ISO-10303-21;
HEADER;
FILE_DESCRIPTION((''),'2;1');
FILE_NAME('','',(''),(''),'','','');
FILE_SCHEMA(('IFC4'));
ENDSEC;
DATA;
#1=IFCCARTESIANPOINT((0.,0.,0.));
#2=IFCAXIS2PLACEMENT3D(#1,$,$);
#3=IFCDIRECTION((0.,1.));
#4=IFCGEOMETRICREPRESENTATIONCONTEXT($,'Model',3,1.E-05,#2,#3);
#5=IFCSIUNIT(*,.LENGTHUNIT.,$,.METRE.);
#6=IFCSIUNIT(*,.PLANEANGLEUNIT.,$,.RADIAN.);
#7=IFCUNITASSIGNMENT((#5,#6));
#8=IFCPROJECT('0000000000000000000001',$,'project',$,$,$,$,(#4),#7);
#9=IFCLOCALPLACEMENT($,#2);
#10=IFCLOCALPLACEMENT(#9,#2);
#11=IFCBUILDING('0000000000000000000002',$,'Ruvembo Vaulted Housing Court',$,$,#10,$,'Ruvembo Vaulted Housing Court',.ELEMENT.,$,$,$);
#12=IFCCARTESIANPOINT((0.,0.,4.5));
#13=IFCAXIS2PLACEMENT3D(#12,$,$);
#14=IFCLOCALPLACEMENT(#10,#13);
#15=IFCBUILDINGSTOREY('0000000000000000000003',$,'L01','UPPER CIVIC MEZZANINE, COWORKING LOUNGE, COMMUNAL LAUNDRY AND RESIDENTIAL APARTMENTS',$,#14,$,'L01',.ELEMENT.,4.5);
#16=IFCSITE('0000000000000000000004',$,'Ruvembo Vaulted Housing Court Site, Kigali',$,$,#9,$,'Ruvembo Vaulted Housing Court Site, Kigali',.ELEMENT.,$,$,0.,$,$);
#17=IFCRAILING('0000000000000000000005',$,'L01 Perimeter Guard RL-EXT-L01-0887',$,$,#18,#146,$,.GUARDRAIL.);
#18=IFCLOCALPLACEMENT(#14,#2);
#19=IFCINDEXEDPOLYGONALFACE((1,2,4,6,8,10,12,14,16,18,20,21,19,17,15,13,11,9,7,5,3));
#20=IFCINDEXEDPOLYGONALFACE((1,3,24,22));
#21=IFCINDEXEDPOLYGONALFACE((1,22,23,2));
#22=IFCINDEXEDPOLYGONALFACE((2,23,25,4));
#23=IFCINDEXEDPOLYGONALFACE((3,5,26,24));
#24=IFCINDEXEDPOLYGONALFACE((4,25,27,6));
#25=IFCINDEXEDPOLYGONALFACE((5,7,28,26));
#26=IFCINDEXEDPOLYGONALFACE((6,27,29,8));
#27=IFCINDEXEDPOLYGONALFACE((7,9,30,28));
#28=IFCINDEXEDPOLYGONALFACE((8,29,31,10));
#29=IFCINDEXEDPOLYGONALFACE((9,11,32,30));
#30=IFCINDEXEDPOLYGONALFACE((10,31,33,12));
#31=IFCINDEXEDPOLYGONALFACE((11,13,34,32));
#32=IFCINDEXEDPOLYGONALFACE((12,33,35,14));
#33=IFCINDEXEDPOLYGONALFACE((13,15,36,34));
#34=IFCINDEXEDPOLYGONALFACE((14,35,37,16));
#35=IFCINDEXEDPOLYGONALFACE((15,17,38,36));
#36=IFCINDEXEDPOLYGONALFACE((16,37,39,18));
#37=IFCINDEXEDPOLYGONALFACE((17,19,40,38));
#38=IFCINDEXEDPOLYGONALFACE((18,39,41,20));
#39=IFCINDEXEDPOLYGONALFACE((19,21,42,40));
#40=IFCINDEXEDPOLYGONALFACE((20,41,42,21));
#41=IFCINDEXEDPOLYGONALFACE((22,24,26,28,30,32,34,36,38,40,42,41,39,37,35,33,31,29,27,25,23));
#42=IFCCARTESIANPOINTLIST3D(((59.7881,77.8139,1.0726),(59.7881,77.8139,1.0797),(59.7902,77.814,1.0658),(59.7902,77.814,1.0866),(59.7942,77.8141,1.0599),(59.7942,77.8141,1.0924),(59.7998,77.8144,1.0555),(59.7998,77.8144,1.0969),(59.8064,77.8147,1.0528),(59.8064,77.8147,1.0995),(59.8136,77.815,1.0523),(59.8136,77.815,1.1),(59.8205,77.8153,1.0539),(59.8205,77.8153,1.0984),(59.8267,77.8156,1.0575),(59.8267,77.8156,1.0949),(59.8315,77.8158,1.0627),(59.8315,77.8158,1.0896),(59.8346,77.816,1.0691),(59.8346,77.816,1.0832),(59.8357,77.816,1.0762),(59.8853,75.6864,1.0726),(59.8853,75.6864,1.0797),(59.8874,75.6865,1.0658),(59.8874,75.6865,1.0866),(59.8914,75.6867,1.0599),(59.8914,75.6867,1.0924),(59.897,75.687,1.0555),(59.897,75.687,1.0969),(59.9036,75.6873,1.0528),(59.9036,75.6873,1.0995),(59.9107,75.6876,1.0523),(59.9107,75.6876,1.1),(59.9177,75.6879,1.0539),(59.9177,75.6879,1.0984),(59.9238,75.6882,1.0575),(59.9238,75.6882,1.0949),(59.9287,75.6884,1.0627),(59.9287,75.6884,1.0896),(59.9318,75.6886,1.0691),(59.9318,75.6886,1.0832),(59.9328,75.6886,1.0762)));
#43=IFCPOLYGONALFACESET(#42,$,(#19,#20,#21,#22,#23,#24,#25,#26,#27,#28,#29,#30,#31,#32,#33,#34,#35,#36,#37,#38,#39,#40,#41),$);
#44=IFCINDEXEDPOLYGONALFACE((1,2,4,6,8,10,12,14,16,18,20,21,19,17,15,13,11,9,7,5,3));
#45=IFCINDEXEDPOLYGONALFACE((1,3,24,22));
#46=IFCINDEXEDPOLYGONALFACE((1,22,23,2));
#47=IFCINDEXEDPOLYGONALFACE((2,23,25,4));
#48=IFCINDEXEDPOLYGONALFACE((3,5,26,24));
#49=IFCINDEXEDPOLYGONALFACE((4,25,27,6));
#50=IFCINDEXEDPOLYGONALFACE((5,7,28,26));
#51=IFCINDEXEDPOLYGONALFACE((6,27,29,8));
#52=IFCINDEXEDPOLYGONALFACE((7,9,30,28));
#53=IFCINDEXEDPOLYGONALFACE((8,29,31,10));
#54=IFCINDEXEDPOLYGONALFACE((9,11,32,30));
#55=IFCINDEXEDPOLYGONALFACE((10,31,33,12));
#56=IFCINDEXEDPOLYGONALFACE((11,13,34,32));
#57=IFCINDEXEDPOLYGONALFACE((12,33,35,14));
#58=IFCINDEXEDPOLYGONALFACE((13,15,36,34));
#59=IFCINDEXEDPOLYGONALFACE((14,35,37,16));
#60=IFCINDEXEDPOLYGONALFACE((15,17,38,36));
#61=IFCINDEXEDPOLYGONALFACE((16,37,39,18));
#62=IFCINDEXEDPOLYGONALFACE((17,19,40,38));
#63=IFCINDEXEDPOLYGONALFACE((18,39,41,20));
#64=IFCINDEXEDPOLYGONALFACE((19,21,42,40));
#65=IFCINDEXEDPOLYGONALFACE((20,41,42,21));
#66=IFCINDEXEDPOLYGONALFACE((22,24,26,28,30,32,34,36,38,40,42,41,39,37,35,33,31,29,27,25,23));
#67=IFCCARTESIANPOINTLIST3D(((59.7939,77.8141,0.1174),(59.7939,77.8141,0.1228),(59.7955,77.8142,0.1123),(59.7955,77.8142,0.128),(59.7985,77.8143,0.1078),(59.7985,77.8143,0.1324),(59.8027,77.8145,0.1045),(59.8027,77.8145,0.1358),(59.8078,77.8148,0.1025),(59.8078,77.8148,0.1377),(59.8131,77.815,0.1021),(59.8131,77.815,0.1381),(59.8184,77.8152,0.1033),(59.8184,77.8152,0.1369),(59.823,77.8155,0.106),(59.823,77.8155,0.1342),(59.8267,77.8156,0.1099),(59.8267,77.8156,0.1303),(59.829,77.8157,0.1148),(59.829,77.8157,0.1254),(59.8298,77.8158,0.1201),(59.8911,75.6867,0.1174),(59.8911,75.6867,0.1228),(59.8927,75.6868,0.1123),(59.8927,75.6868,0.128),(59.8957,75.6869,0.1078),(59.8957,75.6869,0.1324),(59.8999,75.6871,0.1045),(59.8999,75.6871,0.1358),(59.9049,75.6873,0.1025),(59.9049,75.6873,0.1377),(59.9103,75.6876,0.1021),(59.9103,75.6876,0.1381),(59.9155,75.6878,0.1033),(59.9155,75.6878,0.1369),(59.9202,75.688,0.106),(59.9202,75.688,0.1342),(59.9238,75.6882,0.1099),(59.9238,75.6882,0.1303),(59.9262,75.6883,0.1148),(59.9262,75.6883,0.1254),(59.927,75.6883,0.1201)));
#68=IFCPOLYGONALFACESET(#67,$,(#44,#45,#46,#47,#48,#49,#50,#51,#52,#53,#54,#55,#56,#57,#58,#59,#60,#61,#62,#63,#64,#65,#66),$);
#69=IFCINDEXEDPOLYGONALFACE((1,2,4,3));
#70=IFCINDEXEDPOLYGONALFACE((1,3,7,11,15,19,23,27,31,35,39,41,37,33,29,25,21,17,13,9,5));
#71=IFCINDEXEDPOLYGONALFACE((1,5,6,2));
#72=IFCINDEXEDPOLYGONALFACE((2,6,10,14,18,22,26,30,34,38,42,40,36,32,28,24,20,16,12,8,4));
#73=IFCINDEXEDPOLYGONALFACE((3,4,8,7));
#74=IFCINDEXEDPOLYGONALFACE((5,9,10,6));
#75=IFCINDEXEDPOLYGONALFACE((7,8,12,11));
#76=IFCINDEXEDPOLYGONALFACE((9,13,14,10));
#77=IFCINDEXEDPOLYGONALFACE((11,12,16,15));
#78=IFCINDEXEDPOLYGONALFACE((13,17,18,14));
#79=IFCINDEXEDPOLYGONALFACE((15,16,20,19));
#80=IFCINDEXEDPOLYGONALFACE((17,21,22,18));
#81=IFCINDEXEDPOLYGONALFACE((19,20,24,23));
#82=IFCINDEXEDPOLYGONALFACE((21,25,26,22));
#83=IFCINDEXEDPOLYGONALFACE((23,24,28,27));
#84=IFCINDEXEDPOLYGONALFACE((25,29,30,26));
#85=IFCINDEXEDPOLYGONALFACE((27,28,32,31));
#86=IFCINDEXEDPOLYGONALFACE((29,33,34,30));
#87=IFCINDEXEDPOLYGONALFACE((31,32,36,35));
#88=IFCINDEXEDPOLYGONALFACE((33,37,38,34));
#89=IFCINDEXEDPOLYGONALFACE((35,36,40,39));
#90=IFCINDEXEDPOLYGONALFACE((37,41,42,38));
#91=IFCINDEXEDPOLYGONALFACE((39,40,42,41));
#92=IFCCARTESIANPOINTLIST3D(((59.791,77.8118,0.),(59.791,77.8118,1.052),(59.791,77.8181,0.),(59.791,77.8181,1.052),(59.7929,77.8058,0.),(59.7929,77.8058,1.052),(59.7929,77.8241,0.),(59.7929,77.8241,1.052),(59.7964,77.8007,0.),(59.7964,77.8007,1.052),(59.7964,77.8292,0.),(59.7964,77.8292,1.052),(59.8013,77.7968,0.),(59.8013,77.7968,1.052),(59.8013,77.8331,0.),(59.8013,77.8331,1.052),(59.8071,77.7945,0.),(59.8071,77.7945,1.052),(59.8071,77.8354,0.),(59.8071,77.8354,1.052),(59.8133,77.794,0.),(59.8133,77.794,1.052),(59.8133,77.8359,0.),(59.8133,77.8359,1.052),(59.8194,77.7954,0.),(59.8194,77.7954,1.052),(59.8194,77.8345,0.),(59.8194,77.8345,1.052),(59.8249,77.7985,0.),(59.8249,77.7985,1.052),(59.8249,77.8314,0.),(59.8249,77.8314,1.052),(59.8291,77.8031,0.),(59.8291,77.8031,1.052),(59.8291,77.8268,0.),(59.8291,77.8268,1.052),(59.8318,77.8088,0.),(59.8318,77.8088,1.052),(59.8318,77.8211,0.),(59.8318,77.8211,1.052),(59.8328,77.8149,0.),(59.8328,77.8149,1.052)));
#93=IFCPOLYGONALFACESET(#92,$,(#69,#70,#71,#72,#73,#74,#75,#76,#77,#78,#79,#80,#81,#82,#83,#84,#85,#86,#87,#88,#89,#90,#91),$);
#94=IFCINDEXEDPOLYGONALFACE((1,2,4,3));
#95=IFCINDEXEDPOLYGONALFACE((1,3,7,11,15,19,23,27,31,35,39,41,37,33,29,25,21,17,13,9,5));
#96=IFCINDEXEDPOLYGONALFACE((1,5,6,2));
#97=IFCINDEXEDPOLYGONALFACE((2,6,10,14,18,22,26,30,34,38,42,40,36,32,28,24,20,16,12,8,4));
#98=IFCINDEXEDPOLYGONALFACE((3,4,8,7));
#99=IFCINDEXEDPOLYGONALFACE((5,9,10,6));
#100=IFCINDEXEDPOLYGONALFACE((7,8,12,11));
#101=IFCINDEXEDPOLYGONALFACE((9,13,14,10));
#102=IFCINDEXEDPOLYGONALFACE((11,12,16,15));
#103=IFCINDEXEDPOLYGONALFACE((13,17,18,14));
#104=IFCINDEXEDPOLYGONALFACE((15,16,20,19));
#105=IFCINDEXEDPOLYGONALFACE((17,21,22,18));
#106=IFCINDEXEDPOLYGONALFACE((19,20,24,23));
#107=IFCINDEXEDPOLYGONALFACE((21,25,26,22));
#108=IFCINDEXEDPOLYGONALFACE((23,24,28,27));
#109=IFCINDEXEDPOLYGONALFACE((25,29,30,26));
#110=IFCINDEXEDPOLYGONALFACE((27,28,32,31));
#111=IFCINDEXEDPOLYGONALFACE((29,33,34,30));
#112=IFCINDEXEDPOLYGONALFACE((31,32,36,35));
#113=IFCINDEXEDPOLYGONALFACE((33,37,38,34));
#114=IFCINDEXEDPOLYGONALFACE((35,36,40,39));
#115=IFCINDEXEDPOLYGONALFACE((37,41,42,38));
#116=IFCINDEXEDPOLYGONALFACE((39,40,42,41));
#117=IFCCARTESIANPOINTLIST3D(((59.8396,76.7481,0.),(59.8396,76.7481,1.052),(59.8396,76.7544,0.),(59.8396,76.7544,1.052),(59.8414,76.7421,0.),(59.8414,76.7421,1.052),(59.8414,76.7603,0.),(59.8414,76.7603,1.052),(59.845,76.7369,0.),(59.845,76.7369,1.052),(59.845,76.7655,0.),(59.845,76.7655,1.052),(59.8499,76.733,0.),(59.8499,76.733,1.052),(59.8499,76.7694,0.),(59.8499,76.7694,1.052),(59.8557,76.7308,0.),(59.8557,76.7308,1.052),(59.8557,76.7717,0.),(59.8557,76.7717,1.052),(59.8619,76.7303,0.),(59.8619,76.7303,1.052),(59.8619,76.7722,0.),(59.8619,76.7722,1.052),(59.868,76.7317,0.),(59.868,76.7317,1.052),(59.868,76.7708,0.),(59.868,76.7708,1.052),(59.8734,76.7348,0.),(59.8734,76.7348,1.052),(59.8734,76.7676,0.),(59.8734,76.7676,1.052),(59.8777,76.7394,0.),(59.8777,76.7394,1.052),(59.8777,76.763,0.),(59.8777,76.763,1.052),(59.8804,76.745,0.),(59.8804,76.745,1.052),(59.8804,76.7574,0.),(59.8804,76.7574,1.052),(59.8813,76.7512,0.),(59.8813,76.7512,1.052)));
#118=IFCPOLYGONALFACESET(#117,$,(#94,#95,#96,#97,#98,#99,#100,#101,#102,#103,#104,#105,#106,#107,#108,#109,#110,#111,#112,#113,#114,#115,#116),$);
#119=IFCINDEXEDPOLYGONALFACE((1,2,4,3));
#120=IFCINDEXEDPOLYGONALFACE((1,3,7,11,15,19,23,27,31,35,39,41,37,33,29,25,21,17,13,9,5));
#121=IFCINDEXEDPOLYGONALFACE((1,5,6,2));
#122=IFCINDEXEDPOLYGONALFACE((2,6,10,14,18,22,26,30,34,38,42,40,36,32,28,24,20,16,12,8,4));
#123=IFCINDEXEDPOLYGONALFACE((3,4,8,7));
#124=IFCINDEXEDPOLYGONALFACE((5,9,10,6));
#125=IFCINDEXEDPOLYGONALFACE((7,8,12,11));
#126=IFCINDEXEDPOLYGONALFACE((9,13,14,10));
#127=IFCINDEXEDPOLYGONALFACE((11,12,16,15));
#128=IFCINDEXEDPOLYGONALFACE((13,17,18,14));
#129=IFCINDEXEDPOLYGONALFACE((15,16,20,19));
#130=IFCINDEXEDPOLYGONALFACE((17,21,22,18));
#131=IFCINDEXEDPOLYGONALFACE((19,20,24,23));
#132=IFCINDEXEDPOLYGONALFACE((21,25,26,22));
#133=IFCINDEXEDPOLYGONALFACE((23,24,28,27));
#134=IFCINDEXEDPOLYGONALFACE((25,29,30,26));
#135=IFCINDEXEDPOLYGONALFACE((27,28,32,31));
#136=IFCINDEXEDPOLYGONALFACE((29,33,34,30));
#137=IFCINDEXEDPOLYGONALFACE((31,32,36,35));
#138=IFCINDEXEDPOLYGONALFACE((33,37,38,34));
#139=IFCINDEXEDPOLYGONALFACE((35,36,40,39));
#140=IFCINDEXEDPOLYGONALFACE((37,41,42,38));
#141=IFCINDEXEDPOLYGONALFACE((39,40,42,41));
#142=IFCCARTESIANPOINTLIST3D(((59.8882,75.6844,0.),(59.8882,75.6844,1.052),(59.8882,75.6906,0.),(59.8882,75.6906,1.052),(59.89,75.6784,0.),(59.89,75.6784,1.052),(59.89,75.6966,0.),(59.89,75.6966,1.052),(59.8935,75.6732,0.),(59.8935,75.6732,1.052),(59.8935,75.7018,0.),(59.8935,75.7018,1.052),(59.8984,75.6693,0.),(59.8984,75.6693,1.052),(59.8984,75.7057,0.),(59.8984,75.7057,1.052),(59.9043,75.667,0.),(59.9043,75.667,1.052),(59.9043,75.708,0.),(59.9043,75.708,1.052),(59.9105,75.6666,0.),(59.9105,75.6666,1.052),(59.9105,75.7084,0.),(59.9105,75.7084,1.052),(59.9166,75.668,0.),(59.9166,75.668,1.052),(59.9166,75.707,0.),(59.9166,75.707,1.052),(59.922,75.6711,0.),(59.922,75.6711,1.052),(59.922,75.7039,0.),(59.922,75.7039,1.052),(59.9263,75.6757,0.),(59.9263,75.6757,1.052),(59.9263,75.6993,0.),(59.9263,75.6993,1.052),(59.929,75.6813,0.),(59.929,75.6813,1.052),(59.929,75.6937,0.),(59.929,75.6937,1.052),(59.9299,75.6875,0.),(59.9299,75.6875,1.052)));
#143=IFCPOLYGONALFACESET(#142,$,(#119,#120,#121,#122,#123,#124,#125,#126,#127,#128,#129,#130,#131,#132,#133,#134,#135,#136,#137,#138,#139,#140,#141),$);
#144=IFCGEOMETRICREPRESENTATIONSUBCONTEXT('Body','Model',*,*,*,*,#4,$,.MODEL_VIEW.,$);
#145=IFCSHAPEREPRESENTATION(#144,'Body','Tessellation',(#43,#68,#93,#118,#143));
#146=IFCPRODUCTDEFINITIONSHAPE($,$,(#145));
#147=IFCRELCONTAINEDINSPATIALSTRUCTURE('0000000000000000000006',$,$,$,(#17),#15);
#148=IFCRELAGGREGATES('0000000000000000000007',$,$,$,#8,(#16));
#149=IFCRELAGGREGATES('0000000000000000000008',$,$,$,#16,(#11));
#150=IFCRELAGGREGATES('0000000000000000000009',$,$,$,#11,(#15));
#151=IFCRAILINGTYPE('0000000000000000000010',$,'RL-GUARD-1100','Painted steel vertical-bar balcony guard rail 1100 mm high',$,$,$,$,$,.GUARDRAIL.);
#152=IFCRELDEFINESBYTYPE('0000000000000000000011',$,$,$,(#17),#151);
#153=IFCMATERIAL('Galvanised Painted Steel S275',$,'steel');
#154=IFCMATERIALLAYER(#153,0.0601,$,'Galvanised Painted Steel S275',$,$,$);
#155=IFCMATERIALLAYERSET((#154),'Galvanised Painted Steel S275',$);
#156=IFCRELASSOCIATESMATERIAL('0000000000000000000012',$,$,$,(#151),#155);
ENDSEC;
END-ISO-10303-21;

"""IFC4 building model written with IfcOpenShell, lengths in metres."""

from ifc_helpers import new_model, si_unit, direction, frame, origin, origin_2d, place, context, subcontext, project, spatial, circle, extrude, material, layer, layer_set, type_object, element, save


model = new_model("IFC4")

# Units and contexts
model_context = context("Model", 3, precision=1e-05, world=origin(), true_north=direction((0.0, 1.0)))
body_context = subcontext(model_context, "Body", "Model", "MODEL_VIEW")
ifc_project = project(units=[si_unit("LENGTHUNIT", "METRE"), si_unit("PLANEANGLEUNIT", "RADIAN")], contexts=[model_context])

# Site, building, storey
site_placement = place(None, origin())
site = spatial("IfcSite", under=ifc_project, at=site_placement, Name="Ruvembo Vaulted Housing Court Site, Kigali", LongName="Ruvembo Vaulted Housing Court Site, Kigali", CompositionType="ELEMENT", RefElevation=0.0)
building_placement = place(site_placement, origin())
building = spatial("IfcBuilding", under=site, at=building_placement, Name="Ruvembo Vaulted Housing Court", LongName="Ruvembo Vaulted Housing Court", CompositionType="ELEMENT")
storey_placement = place(building_placement, frame((0.0, 0.0, 4.5)))
storey = spatial("IfcBuildingStorey", under=building, at=storey_placement, Name="L01", Description="UPPER CIVIC MEZZANINE, COWORKING LOUNGE, COMMUNAL LAUNDRY AND RESIDENTIAL APARTMENTS", LongName="L01", CompositionType="ELEMENT", Elevation=4.5)

# Railing
ifc_material_1 = material(Name="Galvanised Painted Steel S275", Category="steel")
ifc_layer_1 = layer(ifc_material_1, 0.0601, Name="Galvanised Painted Steel S275")
ifc_layer_set_1 = layer_set([ifc_layer_1], Name="Galvanised Painted Steel S275")
railing_type_1 = type_object("IfcRailingType", Name="RL-GUARD-1100", Description="Painted steel vertical-bar balcony guard rail 1100 mm high", PredefinedType="GUARDRAIL", material=ifc_layer_set_1)
railing_1_placement = place(storey_placement, frame((59.8118, 77.8149, 0.0)))
element("IfcRailing", 1, at=railing_1_placement, inside=storey, type_object=railing_type_1, Name="L01 Perimeter Guard RL-EXT-L01-0887", PredefinedType="GUARDRAIL", context=body_context, shape_type="SweptSolid", body=[
    extrude(circle(Radius=0.0239, at=origin_2d()), frame((0.0, 0.0, 1.0762), z_axis=(0.045626, -0.998959, 0.0), x_axis=(0.998959, 0.045626, 0.0)), (0.0, 0.0, 1.0), 2.1296),
    extrude(circle(Radius=0.0181, at=origin_2d()), frame((0.0, 0.0, 0.1201), z_axis=(0.045626, -0.998959, 0.0), x_axis=(0.998959, 0.045626, 0.0)), (0.0, 0.0, 1.0), 2.1296),
    extrude(circle(Radius=0.021, at=origin_2d()), origin(), (0.0, 0.0, 1.0), 1.052),
    extrude(circle(Radius=0.021, at=origin_2d()), frame((0.0486, -1.0637, 0.0)), (0.0, 0.0, 1.0), 1.052),
    extrude(circle(Radius=0.021, at=origin_2d()), frame((0.0972, -2.1274, 0.0)), (0.0, 0.0, 1.0), 1.052),
])

save(model, "model.ifc")
